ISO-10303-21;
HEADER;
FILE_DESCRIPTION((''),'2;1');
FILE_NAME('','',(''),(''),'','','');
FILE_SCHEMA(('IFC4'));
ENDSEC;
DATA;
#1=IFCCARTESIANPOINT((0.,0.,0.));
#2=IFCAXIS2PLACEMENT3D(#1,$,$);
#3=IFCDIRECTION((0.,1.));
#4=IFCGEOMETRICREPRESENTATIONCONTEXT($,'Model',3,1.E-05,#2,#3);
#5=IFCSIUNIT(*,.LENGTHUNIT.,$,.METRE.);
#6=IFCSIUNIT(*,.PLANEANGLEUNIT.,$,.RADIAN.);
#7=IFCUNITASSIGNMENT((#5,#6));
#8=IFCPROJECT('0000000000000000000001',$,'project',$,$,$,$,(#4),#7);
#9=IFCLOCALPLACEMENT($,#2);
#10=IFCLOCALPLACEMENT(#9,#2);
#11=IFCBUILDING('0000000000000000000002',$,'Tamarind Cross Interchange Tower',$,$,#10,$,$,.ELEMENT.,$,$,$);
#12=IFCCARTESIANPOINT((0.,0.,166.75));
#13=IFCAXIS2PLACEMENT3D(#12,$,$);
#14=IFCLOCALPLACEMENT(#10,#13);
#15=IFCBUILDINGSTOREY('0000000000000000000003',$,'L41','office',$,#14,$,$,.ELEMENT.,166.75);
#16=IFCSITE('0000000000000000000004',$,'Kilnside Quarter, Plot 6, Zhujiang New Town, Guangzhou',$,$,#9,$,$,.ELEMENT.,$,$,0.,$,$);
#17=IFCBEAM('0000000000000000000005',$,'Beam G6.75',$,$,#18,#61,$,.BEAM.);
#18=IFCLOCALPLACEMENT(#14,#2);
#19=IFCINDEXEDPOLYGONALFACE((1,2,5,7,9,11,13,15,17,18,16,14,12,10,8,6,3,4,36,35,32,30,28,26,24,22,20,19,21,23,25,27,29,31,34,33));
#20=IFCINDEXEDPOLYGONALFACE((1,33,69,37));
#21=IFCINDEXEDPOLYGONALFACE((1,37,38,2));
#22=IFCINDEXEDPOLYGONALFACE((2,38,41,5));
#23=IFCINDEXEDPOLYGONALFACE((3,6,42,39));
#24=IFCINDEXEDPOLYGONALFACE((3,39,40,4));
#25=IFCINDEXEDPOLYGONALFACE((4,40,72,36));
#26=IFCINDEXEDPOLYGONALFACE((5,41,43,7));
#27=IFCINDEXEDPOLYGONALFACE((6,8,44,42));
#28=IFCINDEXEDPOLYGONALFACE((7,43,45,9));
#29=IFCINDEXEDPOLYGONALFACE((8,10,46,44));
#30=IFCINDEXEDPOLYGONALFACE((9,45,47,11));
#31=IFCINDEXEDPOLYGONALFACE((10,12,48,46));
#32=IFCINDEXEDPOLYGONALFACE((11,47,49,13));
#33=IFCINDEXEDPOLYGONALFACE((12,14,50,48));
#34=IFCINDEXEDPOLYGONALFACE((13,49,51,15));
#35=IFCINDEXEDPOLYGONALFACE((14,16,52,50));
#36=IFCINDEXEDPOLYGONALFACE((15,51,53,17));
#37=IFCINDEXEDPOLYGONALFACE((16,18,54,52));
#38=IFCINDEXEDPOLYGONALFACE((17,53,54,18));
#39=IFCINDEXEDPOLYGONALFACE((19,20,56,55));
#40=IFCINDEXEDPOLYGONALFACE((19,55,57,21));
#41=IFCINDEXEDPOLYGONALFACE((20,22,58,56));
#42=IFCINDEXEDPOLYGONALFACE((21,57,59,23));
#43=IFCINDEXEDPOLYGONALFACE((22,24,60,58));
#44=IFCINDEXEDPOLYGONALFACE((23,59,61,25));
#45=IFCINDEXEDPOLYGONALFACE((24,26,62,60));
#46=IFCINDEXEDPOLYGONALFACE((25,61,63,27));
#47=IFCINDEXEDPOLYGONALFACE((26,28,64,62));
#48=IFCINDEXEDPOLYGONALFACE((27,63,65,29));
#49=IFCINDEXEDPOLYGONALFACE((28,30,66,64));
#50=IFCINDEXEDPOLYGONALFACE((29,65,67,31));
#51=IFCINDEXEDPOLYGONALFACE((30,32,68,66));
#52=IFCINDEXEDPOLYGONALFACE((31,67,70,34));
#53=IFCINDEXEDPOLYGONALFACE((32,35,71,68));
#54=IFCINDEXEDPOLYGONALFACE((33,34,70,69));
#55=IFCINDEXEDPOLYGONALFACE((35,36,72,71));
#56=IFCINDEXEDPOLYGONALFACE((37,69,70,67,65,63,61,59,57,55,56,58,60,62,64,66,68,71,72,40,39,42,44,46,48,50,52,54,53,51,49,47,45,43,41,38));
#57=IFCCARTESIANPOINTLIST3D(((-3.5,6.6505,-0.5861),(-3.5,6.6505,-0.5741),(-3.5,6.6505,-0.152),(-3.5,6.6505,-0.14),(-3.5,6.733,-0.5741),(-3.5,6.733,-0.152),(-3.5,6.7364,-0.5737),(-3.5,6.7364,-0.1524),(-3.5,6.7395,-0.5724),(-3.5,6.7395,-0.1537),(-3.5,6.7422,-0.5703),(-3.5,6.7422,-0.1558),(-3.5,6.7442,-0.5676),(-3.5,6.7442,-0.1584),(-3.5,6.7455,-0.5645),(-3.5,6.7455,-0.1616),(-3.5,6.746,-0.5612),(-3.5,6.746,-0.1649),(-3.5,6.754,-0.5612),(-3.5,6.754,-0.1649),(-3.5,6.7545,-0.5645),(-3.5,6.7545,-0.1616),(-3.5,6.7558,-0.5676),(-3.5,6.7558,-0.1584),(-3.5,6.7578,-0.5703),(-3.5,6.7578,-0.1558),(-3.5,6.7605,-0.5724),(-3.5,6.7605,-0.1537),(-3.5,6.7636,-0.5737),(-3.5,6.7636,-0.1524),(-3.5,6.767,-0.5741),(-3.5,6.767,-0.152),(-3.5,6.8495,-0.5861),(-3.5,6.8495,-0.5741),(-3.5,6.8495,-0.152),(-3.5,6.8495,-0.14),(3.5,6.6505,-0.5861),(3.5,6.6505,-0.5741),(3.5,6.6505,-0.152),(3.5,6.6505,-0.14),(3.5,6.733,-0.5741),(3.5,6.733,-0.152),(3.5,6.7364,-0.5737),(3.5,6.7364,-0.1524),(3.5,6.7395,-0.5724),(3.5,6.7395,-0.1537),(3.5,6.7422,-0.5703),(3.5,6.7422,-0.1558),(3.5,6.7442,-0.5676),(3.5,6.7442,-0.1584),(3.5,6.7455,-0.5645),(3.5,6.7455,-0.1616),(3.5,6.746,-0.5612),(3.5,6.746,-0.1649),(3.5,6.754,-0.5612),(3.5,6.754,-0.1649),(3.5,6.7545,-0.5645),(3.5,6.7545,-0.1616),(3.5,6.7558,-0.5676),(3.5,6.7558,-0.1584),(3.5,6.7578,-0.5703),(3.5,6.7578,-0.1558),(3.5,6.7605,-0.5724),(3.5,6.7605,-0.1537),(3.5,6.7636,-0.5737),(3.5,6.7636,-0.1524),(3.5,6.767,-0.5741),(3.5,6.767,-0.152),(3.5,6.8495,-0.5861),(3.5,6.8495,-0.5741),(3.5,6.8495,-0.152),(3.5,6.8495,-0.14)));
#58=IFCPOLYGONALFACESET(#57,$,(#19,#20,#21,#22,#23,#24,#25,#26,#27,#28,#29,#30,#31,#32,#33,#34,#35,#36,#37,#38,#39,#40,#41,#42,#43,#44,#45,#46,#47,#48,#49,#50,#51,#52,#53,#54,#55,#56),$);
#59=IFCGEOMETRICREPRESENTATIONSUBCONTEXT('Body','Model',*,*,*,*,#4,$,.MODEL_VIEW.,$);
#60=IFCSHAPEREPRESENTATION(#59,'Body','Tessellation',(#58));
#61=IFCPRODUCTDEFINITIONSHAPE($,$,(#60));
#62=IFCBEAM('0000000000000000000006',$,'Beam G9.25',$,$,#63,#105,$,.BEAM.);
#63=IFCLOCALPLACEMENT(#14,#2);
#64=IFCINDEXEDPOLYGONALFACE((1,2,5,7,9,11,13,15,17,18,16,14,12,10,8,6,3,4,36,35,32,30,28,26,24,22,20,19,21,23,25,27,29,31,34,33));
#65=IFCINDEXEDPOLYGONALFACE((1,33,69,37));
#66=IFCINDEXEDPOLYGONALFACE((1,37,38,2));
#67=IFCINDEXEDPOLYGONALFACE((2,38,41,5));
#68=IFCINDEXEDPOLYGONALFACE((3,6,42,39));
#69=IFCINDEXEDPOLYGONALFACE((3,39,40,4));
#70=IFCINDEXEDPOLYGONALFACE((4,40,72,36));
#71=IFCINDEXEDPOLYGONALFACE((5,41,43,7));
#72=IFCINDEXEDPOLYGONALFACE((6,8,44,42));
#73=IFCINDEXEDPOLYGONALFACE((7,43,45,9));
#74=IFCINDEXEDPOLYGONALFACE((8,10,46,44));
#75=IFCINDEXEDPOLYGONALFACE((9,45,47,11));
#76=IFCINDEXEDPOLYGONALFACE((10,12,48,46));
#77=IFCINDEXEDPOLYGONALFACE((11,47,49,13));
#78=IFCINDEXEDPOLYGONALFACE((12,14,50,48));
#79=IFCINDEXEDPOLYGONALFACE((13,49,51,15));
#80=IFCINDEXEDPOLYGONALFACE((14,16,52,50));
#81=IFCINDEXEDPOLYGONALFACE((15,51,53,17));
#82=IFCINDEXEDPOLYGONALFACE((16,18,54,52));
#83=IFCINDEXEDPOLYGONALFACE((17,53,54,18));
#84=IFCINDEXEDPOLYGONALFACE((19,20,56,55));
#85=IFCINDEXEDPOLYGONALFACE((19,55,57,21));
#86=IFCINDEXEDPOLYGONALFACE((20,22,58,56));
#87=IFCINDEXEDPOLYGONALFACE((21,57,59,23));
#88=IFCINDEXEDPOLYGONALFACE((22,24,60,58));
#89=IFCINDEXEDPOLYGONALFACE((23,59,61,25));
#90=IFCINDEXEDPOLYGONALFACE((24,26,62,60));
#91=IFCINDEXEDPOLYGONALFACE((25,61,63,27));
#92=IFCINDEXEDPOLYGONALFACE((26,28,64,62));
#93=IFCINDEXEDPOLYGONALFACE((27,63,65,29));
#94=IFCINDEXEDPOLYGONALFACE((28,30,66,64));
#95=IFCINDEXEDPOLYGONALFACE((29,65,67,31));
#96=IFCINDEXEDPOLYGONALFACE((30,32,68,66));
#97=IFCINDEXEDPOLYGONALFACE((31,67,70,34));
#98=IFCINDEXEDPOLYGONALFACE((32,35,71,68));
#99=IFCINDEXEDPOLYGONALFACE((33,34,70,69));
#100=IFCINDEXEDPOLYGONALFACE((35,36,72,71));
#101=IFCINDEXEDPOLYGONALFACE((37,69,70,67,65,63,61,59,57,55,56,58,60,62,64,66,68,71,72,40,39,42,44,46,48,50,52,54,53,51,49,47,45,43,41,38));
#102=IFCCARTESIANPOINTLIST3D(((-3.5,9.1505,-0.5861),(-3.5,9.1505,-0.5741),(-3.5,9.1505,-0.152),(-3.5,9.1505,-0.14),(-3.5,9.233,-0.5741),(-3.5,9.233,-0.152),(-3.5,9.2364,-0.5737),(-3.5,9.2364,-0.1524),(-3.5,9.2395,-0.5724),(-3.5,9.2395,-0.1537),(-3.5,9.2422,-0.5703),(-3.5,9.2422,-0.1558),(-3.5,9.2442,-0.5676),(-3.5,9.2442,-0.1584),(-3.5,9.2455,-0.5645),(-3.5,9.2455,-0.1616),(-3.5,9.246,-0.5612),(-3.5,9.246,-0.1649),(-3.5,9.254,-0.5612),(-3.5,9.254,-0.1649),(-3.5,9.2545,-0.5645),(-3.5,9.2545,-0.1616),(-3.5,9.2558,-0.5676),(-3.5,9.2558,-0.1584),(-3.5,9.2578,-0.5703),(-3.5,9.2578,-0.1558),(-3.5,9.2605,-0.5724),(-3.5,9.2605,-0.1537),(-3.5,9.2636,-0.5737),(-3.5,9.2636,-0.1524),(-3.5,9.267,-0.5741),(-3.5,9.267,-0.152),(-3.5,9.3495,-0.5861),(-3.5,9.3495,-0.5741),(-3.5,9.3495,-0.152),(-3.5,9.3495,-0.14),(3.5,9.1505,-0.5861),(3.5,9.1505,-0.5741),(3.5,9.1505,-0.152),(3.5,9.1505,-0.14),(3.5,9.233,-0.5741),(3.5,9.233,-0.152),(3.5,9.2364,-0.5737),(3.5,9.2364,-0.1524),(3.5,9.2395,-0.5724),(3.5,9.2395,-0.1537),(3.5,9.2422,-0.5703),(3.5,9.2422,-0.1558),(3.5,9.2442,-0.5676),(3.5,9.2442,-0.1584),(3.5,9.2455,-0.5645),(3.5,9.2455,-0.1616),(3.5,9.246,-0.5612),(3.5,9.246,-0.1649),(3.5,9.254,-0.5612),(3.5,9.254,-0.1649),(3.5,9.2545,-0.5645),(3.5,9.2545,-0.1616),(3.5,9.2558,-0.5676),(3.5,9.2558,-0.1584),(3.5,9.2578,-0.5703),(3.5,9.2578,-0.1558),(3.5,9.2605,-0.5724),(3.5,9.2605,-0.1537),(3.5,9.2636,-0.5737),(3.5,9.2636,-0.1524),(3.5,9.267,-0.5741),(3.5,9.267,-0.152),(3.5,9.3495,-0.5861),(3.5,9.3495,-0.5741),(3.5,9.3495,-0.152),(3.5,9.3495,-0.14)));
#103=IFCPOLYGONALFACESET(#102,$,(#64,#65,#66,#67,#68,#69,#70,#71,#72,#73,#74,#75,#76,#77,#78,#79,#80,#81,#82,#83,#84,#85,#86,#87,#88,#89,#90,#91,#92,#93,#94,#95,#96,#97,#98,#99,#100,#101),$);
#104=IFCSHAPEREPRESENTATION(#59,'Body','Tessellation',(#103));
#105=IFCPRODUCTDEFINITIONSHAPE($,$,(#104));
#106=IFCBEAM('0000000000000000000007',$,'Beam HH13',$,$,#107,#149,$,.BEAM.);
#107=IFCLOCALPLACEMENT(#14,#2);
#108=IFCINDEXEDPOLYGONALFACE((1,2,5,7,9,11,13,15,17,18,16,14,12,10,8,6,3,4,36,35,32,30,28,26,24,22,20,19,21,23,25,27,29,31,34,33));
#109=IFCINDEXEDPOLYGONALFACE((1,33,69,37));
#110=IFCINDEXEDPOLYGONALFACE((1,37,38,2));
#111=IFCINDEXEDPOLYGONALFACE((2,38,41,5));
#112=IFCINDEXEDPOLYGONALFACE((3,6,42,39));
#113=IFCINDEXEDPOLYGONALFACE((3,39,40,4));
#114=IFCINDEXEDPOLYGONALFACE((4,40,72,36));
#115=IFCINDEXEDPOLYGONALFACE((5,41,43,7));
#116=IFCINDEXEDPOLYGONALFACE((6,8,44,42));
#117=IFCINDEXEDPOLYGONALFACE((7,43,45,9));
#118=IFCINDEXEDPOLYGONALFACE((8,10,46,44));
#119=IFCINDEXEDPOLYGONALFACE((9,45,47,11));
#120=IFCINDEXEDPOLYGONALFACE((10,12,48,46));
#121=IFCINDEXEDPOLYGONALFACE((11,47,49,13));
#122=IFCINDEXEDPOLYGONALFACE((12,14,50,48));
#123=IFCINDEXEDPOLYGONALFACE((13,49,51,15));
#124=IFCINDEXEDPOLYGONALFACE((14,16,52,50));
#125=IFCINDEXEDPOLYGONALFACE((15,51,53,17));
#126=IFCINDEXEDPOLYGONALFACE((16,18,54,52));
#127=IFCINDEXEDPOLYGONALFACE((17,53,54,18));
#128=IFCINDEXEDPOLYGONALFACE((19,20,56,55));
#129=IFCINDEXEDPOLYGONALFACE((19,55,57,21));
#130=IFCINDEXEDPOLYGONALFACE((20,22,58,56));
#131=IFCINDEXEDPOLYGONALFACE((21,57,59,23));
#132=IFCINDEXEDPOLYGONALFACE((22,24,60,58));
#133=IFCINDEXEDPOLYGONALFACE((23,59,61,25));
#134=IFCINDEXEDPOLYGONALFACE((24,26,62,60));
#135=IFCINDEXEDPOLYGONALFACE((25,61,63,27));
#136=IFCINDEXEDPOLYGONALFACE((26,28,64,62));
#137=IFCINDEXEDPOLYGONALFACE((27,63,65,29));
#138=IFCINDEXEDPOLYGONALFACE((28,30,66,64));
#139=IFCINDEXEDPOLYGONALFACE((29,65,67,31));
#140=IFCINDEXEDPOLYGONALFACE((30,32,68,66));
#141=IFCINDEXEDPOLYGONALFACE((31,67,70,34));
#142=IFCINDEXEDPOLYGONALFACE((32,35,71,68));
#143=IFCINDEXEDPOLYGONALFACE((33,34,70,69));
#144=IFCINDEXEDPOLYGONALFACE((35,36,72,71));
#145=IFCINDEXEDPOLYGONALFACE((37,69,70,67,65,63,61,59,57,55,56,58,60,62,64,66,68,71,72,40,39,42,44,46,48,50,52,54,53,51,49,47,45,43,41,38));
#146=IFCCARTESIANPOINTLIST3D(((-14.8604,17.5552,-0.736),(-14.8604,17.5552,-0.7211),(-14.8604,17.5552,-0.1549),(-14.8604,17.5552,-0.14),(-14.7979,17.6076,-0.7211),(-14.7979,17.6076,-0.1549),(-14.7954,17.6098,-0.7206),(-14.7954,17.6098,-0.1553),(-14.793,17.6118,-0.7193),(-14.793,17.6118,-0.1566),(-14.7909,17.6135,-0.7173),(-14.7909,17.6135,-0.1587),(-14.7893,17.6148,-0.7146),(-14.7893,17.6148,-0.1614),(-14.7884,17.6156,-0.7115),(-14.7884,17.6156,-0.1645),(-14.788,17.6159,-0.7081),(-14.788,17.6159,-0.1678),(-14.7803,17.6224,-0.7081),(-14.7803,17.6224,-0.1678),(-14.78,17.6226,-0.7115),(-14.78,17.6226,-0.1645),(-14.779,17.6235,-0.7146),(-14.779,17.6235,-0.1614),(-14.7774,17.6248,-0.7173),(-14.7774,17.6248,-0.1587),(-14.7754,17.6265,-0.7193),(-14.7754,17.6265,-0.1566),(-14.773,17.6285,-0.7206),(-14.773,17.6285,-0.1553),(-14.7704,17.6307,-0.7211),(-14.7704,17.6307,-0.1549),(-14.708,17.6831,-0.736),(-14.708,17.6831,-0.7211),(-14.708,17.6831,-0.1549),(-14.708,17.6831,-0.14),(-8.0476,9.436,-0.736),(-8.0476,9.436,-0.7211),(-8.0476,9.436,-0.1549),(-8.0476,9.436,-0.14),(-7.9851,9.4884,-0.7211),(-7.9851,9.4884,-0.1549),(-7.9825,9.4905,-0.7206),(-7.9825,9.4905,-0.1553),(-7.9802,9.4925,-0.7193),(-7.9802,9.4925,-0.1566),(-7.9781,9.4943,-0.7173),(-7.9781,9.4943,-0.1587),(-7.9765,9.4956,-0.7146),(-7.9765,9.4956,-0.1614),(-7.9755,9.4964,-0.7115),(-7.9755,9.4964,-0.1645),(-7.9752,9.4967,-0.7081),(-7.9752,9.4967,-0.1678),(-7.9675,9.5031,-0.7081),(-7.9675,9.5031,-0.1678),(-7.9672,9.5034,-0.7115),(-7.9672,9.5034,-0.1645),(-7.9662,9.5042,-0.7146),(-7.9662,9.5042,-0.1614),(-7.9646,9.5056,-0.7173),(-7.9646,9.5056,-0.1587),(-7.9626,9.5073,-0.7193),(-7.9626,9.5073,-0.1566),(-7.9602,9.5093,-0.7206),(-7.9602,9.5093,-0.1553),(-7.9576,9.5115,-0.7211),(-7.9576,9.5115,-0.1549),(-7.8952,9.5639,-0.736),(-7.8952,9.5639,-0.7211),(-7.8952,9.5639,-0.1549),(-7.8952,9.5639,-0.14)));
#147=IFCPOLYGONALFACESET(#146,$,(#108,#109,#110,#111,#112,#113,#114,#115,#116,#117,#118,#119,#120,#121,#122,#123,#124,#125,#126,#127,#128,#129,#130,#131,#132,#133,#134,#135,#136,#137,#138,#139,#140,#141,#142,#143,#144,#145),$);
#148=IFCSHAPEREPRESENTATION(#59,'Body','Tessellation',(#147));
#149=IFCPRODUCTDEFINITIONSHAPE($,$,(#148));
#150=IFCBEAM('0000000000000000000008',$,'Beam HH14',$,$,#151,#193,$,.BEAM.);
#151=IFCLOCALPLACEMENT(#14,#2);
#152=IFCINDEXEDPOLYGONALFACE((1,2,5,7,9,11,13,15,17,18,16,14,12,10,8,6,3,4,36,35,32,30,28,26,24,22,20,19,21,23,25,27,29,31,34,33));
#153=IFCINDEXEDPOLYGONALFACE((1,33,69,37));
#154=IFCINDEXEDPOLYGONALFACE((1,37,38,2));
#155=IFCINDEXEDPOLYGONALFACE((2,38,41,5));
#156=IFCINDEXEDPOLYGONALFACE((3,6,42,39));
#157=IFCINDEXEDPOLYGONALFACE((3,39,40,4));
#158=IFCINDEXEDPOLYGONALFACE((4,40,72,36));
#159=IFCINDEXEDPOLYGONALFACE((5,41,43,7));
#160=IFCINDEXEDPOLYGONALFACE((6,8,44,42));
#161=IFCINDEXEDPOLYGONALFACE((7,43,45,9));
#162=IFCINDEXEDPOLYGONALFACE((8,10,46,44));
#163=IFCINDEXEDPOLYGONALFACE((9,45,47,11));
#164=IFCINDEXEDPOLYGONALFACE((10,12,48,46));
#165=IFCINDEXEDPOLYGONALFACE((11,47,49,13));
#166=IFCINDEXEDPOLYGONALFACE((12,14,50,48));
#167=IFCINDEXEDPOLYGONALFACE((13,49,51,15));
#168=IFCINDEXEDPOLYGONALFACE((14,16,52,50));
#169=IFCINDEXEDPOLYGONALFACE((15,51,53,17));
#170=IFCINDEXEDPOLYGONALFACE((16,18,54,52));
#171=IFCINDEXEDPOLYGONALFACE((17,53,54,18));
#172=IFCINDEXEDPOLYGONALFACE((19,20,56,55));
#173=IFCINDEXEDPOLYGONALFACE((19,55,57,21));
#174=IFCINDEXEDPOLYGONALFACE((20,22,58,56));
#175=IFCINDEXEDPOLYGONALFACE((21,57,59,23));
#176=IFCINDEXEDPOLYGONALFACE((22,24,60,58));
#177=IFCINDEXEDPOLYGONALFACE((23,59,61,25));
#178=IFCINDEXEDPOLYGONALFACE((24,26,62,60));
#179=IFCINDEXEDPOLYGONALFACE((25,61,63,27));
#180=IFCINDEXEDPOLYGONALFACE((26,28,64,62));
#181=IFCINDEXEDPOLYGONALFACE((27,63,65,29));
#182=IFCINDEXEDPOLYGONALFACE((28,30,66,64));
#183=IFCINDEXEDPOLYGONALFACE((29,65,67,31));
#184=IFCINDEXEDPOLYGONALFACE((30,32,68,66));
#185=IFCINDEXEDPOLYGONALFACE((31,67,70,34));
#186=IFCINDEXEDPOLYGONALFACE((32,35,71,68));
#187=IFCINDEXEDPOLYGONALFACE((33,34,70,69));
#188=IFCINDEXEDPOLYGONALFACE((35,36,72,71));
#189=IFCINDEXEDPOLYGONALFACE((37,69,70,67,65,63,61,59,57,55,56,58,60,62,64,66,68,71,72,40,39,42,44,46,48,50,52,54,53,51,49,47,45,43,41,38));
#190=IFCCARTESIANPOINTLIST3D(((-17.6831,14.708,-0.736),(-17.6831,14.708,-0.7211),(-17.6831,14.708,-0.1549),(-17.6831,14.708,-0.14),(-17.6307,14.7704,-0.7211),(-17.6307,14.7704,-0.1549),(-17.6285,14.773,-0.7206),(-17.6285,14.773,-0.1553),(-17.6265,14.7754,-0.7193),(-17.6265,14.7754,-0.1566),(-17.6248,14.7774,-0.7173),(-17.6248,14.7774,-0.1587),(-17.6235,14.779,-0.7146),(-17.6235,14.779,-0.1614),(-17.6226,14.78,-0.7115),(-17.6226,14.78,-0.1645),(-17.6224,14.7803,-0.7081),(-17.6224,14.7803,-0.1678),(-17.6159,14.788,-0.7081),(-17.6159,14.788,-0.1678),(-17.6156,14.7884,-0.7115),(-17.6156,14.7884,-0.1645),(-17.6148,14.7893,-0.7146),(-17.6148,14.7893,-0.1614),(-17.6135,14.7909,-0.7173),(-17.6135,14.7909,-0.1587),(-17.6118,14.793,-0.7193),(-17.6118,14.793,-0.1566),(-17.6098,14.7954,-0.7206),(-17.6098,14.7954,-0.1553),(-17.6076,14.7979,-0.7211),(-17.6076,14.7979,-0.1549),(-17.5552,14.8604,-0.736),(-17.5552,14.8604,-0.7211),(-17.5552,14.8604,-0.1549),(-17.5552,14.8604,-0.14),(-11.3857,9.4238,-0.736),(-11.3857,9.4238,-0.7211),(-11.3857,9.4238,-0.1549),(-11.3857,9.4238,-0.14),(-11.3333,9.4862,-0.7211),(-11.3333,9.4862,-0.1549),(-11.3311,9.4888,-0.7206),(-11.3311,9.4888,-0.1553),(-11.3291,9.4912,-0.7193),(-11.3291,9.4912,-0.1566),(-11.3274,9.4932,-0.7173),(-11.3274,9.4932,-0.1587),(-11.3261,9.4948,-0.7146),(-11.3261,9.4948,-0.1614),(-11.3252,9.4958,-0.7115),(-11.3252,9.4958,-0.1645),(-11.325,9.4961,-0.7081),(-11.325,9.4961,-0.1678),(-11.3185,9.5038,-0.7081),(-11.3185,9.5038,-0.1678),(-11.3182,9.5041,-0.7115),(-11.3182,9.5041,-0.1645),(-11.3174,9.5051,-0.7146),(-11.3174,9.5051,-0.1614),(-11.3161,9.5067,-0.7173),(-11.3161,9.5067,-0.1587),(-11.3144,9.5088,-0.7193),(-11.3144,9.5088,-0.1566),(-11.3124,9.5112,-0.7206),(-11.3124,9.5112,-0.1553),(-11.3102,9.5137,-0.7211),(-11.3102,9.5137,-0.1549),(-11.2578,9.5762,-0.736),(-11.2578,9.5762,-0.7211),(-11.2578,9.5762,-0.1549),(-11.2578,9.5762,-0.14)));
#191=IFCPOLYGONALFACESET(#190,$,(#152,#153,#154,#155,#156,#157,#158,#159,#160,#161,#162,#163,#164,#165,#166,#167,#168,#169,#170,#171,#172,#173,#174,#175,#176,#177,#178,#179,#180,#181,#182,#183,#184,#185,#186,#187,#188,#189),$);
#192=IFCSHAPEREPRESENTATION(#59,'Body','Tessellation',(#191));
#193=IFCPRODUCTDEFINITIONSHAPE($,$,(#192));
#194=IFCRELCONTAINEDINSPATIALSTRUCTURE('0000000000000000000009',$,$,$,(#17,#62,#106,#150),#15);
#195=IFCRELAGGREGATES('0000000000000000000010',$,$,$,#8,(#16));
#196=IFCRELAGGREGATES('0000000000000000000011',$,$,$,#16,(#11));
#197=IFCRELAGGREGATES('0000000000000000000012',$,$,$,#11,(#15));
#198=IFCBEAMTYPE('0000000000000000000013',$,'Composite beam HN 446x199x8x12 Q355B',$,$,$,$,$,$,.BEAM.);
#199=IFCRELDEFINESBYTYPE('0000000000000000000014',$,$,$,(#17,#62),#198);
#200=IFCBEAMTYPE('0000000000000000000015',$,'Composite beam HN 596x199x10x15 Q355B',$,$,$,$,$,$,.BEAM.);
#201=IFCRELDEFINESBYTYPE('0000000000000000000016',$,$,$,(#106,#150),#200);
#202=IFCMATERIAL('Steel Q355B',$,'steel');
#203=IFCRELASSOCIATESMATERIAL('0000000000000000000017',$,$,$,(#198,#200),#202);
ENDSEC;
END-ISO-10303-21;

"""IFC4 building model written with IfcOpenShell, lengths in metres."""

from ifc_helpers import new_model, si_unit, direction, frame, origin, origin_2d, place, context, subcontext, project, spatial, i_section, extrude, material, material_profile, profile_set, type_object, element, save


model = new_model("IFC4")

# Units and contexts
model_context = context("Model", 3, precision=1e-05, world=origin(), true_north=direction((0.0, 1.0)))
body_context = subcontext(model_context, "Body", "Model", "MODEL_VIEW")
ifc_project = project(units=[si_unit("LENGTHUNIT", "METRE"), si_unit("PLANEANGLEUNIT", "RADIAN")], contexts=[model_context])

# Site, building, storey
site_placement = place(None, origin())
site = spatial("IfcSite", under=ifc_project, at=site_placement, Name="Kilnside Quarter, Plot 6, Zhujiang New Town, Guangzhou", CompositionType="ELEMENT", RefElevation=0.0)
building_placement = place(site_placement, origin())
building = spatial("IfcBuilding", under=site, at=building_placement, Name="Tamarind Cross Interchange Tower", CompositionType="ELEMENT")
storey_placement = place(building_placement, frame((0.0, 0.0, 166.75)))
storey = spatial("IfcBuildingStorey", under=building, at=storey_placement, Name="L41", Description="office", CompositionType="ELEMENT", Elevation=166.75)

# Beams
ifc_material_1 = material(Name="Steel Q355B", Category="steel")
ifc_material_profile_1 = material_profile(ifc_material_1, i_section(OverallWidth=0.199, OverallDepth=0.446, WebThickness=0.0081, FlangeThickness=0.012, FilletRadius=0.0129, at=origin_2d()), Name="HN 446x199x8x12")
ifc_profile_set_1 = profile_set([ifc_material_profile_1], Name="Steel Q355B")
beam_type_1 = type_object("IfcBeamType", Name="Composite beam HN 446x199x8x12 Q355B", PredefinedType="BEAM", material=ifc_profile_set_1)
for number, where, z_axis, x_axis, name in (
    (1, (-3.5, 6.75, -0.363), (1.0, 0.0, 0.0), (0.0, 1.0, 0.0), "Beam G6.75"),
    (2, (-3.5, 9.25, -0.363), (1.0, 0.0, 0.0), (0.0, 1.0, 0.0), "Beam G9.25"),
):
    element("IfcBeam", number, at=place(storey_placement, frame(where, z_axis=z_axis, x_axis=x_axis)), inside=storey, type_object=beam_type_1, Name=name, PredefinedType="BEAM", context=body_context, shape_type="SweptSolid", body=[
        extrude(i_section(OverallWidth=0.199, OverallDepth=0.446, WebThickness=0.0081, FlangeThickness=0.012, FilletRadius=0.0129, at=origin_2d()), origin(), (0.0, 0.0, 1.0), 7.0),
    ])
ifc_material_profile_2 = material_profile(ifc_material_1, i_section(OverallWidth=0.199, OverallDepth=0.5959, WebThickness=0.01, FlangeThickness=0.0149, FilletRadius=0.0129, at=origin_2d()), Name="HN 596x199x10x15")
ifc_profile_set_2 = profile_set([ifc_material_profile_2], Name="Steel Q355B")
beam_type_2 = type_object("IfcBeamType", Name="Composite beam HN 596x199x10x15 Q355B", PredefinedType="BEAM", material=ifc_profile_set_2)
beam_1_placement = place(storey_placement, frame((-14.7842, 17.6191, -0.438), z_axis=(0.642786, -0.766046, 0.0), x_axis=(0.766046, 0.642786, 0.0)))
element("IfcBeam", 3, at=beam_1_placement, inside=storey, type_object=beam_type_2, Name="Beam HH13", PredefinedType="BEAM", context=body_context, shape_type="SweptSolid", body=[
    extrude(i_section(OverallWidth=0.199, OverallDepth=0.5959, WebThickness=0.01, FlangeThickness=0.0149, FilletRadius=0.0129, at=origin_2d()), origin(), (0.0, 0.0, 1.0), 10.5989),
])
beam_2_placement = place(storey_placement, frame((-17.6191, 14.7842, -0.438), z_axis=(0.766041, -0.642792, 0.0), x_axis=(0.642792, 0.766041, 0.0)))
element("IfcBeam", 4, at=beam_2_placement, inside=storey, type_object=beam_type_2, Name="Beam HH14", PredefinedType="BEAM", context=body_context, shape_type="SweptSolid", body=[
    extrude(i_section(OverallWidth=0.199, OverallDepth=0.5959, WebThickness=0.01, FlangeThickness=0.0149, FilletRadius=0.0129, at=origin_2d()), origin(), (0.0, 0.0, 1.0), 8.2207),
])

save(model, "model.ifc")
